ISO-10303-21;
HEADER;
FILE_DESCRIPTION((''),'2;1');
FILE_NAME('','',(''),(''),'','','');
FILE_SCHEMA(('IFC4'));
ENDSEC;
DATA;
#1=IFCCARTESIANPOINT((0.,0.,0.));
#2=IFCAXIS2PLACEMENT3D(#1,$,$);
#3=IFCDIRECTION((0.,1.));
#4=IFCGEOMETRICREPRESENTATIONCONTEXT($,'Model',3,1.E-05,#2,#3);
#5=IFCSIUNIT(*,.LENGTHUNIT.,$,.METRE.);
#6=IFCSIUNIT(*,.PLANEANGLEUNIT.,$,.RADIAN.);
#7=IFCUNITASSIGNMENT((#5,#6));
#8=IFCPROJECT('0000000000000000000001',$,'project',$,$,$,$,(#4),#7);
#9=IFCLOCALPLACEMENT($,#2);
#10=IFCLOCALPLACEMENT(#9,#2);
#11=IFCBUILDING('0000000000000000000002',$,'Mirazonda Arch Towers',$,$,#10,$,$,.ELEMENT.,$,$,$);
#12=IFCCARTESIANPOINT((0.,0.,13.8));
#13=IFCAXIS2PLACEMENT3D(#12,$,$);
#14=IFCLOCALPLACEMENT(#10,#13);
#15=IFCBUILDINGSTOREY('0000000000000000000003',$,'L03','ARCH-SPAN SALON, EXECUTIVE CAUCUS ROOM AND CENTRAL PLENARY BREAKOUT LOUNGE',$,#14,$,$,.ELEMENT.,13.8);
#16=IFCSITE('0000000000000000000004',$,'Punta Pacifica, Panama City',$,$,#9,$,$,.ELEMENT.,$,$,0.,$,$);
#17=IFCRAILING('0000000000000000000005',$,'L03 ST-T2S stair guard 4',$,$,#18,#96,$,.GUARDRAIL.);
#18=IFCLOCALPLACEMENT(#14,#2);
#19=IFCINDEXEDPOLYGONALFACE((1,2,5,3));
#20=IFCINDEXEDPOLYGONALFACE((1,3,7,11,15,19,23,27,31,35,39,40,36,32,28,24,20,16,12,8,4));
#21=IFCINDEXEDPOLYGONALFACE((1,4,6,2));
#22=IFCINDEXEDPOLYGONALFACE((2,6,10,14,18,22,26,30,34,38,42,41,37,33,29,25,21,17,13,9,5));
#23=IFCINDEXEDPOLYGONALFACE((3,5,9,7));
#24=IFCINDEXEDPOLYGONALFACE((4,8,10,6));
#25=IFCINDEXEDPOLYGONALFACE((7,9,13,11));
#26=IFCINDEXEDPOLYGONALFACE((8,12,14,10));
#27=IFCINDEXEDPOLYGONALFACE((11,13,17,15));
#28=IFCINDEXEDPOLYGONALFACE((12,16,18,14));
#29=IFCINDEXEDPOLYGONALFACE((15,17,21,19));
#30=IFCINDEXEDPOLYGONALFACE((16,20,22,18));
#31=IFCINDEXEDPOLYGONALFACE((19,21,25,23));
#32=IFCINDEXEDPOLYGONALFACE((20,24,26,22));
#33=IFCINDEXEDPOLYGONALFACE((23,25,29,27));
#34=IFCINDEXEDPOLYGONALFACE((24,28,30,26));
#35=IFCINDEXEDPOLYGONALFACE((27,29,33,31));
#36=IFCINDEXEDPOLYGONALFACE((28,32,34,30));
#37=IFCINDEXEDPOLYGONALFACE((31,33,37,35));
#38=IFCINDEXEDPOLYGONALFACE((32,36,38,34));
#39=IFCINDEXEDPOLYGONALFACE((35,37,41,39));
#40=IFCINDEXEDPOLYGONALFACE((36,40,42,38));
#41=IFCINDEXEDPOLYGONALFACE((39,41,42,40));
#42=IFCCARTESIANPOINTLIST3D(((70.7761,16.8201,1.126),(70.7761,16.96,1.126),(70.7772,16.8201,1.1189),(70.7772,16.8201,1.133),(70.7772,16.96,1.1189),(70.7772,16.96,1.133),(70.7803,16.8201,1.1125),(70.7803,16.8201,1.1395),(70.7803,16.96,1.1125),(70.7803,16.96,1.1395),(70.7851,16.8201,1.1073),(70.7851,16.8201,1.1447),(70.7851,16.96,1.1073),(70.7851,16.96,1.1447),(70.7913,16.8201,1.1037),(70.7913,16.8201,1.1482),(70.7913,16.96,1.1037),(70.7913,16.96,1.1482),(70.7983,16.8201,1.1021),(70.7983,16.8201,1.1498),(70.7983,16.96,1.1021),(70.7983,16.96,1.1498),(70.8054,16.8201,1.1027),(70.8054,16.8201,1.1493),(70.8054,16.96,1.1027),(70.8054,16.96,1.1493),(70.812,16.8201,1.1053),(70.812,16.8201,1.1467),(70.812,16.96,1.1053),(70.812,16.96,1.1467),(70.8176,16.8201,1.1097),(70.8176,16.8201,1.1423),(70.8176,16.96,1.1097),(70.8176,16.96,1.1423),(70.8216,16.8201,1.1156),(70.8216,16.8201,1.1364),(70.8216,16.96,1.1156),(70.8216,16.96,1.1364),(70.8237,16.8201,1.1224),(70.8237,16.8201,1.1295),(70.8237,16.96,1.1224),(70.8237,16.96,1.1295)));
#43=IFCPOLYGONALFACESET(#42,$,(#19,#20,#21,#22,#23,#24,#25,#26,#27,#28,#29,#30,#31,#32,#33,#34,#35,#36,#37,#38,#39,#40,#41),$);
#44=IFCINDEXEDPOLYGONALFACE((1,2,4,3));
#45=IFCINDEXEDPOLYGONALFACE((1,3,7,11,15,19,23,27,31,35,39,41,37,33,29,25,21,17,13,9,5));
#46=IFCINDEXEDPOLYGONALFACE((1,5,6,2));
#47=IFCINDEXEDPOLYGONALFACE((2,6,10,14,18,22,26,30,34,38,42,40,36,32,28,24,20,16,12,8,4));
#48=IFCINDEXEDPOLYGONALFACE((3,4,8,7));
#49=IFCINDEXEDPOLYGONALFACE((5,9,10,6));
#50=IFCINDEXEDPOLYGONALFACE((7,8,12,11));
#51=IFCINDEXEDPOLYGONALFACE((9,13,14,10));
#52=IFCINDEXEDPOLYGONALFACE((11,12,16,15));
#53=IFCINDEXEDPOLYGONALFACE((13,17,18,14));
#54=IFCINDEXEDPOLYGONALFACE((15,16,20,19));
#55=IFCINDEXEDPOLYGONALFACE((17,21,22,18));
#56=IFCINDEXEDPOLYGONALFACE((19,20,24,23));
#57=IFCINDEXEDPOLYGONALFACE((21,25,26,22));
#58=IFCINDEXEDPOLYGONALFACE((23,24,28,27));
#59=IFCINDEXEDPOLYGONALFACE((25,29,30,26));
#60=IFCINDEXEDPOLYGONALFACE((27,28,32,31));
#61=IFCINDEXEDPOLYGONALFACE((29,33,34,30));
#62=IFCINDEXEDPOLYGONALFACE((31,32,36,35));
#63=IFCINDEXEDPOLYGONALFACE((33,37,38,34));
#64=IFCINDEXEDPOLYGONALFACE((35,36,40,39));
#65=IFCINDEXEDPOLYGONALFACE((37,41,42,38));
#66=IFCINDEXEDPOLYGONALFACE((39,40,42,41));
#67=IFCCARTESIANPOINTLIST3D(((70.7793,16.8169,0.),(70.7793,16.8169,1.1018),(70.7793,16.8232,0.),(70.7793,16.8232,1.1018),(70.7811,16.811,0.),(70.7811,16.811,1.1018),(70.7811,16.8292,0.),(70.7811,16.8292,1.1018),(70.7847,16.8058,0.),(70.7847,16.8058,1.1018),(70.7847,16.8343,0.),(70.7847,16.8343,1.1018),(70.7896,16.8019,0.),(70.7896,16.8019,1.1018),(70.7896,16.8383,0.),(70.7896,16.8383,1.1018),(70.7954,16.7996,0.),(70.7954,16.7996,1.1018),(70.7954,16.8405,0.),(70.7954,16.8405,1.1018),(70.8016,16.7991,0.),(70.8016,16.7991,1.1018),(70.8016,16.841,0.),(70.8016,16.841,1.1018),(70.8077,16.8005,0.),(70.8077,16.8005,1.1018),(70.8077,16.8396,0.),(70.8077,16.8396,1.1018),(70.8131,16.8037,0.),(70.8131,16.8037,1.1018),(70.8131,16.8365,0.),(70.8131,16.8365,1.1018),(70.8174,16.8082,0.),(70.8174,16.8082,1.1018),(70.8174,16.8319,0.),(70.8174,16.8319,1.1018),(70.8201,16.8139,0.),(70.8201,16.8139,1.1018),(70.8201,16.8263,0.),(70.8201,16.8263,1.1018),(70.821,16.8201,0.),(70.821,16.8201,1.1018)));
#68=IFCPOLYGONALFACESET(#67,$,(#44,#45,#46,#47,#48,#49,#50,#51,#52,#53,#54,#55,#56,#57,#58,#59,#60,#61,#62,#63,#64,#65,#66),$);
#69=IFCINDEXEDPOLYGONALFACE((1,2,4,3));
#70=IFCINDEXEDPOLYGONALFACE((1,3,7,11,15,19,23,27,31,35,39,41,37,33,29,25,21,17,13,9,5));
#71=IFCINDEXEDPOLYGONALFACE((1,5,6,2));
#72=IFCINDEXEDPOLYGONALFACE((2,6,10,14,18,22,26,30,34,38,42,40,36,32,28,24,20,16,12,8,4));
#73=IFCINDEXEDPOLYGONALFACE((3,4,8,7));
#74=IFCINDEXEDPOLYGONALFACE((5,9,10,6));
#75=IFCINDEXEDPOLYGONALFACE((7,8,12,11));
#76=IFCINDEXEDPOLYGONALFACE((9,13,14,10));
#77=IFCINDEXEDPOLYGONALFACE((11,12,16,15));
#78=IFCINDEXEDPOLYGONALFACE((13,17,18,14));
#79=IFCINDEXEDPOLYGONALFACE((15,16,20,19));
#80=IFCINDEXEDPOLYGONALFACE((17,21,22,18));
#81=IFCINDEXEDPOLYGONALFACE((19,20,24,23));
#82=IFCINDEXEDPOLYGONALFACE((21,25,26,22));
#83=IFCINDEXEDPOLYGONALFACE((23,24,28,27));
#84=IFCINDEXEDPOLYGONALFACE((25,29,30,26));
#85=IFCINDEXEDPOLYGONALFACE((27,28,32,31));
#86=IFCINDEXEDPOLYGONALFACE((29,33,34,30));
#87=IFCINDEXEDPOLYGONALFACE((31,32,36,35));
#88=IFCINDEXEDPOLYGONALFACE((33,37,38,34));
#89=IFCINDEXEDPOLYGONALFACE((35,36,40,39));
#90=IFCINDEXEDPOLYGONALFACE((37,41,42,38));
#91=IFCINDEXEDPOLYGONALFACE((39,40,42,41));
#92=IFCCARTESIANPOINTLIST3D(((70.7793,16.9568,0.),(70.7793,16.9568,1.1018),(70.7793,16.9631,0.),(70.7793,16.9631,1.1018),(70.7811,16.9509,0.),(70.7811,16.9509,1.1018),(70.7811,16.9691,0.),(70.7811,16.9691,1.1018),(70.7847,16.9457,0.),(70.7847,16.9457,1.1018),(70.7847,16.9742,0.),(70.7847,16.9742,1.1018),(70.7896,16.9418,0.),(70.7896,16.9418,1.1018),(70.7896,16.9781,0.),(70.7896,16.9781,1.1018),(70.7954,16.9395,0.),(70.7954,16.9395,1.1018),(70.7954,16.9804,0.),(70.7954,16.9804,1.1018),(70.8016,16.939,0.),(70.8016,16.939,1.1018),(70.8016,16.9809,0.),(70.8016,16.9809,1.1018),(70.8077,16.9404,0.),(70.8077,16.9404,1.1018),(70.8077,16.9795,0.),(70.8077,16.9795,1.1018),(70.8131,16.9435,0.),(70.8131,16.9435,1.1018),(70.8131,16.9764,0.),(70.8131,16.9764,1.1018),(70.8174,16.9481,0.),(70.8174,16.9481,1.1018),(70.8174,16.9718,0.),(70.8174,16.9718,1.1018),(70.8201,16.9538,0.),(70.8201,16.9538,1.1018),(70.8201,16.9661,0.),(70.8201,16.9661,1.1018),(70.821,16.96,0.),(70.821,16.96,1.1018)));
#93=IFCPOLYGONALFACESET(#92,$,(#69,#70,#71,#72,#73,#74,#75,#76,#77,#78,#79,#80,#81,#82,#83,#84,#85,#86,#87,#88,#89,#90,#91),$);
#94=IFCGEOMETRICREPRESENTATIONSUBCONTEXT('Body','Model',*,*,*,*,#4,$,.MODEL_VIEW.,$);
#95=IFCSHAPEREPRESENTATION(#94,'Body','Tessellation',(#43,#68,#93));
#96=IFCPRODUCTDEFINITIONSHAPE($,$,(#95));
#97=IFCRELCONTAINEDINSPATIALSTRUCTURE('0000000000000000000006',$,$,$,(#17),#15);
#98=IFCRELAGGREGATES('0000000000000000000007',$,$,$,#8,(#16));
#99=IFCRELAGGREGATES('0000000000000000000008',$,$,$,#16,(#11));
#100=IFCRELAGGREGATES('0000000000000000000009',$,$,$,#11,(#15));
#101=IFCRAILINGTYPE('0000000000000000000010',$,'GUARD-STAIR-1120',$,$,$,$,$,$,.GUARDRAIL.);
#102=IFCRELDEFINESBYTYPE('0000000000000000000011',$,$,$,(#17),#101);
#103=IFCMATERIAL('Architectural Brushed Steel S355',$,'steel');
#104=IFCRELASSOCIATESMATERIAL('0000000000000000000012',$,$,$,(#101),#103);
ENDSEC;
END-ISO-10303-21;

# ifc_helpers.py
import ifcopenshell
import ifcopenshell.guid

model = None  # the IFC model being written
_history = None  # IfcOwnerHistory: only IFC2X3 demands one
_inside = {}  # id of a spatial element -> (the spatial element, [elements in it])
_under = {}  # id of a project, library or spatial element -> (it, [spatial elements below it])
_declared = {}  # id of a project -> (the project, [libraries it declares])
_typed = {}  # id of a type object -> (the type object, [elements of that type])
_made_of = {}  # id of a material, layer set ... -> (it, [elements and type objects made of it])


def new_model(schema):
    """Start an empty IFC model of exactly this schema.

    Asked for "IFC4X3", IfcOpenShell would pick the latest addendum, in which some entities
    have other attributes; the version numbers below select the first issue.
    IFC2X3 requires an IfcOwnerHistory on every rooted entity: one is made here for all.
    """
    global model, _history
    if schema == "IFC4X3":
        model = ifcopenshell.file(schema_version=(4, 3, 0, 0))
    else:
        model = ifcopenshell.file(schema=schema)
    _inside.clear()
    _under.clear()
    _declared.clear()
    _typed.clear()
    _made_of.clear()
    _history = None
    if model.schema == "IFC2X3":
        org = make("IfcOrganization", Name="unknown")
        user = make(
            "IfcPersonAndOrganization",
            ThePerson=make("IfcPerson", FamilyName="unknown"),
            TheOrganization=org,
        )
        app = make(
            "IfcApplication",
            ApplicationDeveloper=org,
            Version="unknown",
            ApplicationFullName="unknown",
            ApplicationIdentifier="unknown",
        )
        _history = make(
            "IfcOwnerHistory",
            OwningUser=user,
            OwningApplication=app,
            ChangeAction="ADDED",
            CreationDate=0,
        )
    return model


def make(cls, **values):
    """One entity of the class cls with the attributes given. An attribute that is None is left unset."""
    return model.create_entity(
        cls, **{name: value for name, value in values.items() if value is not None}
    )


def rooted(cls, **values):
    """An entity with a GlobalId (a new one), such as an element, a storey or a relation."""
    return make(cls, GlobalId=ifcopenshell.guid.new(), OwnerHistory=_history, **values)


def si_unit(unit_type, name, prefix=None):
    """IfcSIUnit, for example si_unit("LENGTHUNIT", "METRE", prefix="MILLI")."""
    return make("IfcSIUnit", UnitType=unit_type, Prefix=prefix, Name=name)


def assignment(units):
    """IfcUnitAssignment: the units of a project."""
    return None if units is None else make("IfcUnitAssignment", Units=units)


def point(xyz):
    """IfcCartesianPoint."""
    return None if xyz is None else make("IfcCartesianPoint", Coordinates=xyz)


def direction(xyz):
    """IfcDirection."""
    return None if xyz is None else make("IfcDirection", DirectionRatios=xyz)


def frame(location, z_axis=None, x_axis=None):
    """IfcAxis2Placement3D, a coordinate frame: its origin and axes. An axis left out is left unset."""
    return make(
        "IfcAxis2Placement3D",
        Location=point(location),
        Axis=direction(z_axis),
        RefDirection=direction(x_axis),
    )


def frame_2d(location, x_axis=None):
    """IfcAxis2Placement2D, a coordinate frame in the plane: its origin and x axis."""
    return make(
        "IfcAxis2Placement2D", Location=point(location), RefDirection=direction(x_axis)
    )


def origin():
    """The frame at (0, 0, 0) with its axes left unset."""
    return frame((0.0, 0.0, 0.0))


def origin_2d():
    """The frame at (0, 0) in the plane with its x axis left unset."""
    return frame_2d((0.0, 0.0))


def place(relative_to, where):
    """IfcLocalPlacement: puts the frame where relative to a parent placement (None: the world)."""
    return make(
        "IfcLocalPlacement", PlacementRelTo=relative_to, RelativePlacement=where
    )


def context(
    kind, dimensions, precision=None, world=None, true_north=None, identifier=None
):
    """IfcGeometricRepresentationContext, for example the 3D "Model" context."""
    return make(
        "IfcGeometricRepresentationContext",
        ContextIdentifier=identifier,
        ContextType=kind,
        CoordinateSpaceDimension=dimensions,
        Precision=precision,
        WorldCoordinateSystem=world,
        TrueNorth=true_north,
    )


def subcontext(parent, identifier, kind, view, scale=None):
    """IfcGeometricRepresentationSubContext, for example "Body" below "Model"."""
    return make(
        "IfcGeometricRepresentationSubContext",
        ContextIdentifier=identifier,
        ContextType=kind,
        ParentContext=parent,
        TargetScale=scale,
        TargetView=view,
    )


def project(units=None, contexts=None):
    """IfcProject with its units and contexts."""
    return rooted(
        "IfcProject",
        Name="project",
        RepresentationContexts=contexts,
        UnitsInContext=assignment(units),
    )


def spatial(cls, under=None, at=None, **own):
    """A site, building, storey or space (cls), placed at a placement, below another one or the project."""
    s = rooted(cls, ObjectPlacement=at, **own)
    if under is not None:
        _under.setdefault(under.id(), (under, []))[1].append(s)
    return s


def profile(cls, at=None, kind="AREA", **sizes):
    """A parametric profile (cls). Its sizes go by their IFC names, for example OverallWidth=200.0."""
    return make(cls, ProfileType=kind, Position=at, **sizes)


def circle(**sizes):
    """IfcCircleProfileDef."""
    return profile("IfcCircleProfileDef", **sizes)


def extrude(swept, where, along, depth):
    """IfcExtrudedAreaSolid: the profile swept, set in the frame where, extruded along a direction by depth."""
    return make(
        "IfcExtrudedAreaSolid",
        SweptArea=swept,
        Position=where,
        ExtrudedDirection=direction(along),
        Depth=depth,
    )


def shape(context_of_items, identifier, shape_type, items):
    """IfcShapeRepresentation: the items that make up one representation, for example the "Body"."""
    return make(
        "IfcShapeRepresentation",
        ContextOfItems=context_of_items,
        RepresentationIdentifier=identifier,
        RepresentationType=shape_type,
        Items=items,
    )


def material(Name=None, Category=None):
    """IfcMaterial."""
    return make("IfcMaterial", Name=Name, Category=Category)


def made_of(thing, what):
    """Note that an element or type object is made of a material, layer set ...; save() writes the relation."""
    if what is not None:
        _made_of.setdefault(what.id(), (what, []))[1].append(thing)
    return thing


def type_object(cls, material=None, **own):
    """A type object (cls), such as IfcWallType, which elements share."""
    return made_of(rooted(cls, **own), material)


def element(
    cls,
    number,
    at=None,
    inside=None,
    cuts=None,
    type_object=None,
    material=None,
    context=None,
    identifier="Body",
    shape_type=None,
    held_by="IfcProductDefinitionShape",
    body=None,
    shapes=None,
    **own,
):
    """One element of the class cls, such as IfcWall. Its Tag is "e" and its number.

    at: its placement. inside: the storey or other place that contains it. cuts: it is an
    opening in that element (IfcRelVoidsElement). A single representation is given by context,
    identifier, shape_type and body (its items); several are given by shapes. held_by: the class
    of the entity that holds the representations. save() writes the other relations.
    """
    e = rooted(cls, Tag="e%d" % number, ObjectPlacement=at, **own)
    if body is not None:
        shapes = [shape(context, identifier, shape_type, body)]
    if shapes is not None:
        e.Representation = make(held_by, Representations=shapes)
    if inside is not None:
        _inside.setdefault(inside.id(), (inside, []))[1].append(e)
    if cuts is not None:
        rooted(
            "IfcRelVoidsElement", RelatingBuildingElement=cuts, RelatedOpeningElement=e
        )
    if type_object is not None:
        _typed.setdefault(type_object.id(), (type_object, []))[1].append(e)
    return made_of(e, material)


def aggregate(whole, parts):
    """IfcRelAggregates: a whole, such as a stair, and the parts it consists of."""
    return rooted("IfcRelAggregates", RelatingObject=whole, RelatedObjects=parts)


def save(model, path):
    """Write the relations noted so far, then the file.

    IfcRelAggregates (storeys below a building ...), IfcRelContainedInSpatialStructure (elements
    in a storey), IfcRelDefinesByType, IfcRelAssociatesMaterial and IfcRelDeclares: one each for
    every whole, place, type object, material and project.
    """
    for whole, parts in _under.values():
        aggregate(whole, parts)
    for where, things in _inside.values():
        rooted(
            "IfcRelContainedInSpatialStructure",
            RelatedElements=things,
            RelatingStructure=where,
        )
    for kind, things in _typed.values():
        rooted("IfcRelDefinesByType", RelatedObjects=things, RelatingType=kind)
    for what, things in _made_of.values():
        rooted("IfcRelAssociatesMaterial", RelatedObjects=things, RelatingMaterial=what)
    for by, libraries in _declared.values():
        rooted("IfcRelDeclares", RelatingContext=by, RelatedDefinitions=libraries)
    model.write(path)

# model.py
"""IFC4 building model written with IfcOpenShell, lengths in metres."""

from ifc_helpers import new_model, si_unit, direction, frame, origin, origin_2d, place, context, subcontext, project, spatial, circle, extrude, material, type_object, element, save


model = new_model("IFC4")

# Units and contexts
model_context = context("Model", 3, precision=1e-05, world=origin(), true_north=direction((0.0, 1.0)))
body_context = subcontext(model_context, "Body", "Model", "MODEL_VIEW")
ifc_project = project(units=[si_unit("LENGTHUNIT", "METRE"), si_unit("PLANEANGLEUNIT", "RADIAN")], contexts=[model_context])

# Site, building, storey
site_placement = place(None, origin())
site = spatial("IfcSite", under=ifc_project, at=site_placement, Name="Punta Pacifica, Panama City", CompositionType="ELEMENT", RefElevation=0.0)
building_placement = place(site_placement, origin())
building = spatial("IfcBuilding", under=site, at=building_placement, Name="Mirazonda Arch Towers", CompositionType="ELEMENT")
storey_placement = place(building_placement, frame((0.0, 0.0, 13.8)))
storey = spatial("IfcBuildingStorey", under=building, at=storey_placement, Name="L03", Description="ARCH-SPAN SALON, EXECUTIVE CAUCUS ROOM AND CENTRAL PLENARY BREAKOUT LOUNGE", CompositionType="ELEMENT", Elevation=13.8)

# Shared definitions
ifc_material_1 = material(Name="Architectural Brushed Steel S355", Category="steel")

# Railing
railing_type_1 = type_object("IfcRailingType", Name="GUARD-STAIR-1120", PredefinedType="GUARDRAIL", material=ifc_material_1)
railing_1_placement = place(storey_placement, frame((70.8, 16.8201, 0.0)))
element("IfcRailing", 1, at=railing_1_placement, inside=storey, type_object=railing_type_1, Name="L03 ST-T2S stair guard 4", PredefinedType="GUARDRAIL", context=body_context, shape_type="SweptSolid", body=[
    extrude(circle(Radius=0.0239, at=origin_2d()), frame((0.0, 0.0, 1.126), z_axis=(0.0, 1.0, 0.0), x_axis=(-1.0, 0.0, 0.0)), (0.0, 0.0, 1.0), 0.1399),
    extrude(circle(Radius=0.021, at=origin_2d()), origin(), (0.0, 0.0, 1.0), 1.1018),
    extrude(circle(Radius=0.021, at=origin_2d()), frame((0.0, 0.1399, 0.0)), (0.0, 0.0, 1.0), 1.1018),
])

save(model, "model.ifc")
